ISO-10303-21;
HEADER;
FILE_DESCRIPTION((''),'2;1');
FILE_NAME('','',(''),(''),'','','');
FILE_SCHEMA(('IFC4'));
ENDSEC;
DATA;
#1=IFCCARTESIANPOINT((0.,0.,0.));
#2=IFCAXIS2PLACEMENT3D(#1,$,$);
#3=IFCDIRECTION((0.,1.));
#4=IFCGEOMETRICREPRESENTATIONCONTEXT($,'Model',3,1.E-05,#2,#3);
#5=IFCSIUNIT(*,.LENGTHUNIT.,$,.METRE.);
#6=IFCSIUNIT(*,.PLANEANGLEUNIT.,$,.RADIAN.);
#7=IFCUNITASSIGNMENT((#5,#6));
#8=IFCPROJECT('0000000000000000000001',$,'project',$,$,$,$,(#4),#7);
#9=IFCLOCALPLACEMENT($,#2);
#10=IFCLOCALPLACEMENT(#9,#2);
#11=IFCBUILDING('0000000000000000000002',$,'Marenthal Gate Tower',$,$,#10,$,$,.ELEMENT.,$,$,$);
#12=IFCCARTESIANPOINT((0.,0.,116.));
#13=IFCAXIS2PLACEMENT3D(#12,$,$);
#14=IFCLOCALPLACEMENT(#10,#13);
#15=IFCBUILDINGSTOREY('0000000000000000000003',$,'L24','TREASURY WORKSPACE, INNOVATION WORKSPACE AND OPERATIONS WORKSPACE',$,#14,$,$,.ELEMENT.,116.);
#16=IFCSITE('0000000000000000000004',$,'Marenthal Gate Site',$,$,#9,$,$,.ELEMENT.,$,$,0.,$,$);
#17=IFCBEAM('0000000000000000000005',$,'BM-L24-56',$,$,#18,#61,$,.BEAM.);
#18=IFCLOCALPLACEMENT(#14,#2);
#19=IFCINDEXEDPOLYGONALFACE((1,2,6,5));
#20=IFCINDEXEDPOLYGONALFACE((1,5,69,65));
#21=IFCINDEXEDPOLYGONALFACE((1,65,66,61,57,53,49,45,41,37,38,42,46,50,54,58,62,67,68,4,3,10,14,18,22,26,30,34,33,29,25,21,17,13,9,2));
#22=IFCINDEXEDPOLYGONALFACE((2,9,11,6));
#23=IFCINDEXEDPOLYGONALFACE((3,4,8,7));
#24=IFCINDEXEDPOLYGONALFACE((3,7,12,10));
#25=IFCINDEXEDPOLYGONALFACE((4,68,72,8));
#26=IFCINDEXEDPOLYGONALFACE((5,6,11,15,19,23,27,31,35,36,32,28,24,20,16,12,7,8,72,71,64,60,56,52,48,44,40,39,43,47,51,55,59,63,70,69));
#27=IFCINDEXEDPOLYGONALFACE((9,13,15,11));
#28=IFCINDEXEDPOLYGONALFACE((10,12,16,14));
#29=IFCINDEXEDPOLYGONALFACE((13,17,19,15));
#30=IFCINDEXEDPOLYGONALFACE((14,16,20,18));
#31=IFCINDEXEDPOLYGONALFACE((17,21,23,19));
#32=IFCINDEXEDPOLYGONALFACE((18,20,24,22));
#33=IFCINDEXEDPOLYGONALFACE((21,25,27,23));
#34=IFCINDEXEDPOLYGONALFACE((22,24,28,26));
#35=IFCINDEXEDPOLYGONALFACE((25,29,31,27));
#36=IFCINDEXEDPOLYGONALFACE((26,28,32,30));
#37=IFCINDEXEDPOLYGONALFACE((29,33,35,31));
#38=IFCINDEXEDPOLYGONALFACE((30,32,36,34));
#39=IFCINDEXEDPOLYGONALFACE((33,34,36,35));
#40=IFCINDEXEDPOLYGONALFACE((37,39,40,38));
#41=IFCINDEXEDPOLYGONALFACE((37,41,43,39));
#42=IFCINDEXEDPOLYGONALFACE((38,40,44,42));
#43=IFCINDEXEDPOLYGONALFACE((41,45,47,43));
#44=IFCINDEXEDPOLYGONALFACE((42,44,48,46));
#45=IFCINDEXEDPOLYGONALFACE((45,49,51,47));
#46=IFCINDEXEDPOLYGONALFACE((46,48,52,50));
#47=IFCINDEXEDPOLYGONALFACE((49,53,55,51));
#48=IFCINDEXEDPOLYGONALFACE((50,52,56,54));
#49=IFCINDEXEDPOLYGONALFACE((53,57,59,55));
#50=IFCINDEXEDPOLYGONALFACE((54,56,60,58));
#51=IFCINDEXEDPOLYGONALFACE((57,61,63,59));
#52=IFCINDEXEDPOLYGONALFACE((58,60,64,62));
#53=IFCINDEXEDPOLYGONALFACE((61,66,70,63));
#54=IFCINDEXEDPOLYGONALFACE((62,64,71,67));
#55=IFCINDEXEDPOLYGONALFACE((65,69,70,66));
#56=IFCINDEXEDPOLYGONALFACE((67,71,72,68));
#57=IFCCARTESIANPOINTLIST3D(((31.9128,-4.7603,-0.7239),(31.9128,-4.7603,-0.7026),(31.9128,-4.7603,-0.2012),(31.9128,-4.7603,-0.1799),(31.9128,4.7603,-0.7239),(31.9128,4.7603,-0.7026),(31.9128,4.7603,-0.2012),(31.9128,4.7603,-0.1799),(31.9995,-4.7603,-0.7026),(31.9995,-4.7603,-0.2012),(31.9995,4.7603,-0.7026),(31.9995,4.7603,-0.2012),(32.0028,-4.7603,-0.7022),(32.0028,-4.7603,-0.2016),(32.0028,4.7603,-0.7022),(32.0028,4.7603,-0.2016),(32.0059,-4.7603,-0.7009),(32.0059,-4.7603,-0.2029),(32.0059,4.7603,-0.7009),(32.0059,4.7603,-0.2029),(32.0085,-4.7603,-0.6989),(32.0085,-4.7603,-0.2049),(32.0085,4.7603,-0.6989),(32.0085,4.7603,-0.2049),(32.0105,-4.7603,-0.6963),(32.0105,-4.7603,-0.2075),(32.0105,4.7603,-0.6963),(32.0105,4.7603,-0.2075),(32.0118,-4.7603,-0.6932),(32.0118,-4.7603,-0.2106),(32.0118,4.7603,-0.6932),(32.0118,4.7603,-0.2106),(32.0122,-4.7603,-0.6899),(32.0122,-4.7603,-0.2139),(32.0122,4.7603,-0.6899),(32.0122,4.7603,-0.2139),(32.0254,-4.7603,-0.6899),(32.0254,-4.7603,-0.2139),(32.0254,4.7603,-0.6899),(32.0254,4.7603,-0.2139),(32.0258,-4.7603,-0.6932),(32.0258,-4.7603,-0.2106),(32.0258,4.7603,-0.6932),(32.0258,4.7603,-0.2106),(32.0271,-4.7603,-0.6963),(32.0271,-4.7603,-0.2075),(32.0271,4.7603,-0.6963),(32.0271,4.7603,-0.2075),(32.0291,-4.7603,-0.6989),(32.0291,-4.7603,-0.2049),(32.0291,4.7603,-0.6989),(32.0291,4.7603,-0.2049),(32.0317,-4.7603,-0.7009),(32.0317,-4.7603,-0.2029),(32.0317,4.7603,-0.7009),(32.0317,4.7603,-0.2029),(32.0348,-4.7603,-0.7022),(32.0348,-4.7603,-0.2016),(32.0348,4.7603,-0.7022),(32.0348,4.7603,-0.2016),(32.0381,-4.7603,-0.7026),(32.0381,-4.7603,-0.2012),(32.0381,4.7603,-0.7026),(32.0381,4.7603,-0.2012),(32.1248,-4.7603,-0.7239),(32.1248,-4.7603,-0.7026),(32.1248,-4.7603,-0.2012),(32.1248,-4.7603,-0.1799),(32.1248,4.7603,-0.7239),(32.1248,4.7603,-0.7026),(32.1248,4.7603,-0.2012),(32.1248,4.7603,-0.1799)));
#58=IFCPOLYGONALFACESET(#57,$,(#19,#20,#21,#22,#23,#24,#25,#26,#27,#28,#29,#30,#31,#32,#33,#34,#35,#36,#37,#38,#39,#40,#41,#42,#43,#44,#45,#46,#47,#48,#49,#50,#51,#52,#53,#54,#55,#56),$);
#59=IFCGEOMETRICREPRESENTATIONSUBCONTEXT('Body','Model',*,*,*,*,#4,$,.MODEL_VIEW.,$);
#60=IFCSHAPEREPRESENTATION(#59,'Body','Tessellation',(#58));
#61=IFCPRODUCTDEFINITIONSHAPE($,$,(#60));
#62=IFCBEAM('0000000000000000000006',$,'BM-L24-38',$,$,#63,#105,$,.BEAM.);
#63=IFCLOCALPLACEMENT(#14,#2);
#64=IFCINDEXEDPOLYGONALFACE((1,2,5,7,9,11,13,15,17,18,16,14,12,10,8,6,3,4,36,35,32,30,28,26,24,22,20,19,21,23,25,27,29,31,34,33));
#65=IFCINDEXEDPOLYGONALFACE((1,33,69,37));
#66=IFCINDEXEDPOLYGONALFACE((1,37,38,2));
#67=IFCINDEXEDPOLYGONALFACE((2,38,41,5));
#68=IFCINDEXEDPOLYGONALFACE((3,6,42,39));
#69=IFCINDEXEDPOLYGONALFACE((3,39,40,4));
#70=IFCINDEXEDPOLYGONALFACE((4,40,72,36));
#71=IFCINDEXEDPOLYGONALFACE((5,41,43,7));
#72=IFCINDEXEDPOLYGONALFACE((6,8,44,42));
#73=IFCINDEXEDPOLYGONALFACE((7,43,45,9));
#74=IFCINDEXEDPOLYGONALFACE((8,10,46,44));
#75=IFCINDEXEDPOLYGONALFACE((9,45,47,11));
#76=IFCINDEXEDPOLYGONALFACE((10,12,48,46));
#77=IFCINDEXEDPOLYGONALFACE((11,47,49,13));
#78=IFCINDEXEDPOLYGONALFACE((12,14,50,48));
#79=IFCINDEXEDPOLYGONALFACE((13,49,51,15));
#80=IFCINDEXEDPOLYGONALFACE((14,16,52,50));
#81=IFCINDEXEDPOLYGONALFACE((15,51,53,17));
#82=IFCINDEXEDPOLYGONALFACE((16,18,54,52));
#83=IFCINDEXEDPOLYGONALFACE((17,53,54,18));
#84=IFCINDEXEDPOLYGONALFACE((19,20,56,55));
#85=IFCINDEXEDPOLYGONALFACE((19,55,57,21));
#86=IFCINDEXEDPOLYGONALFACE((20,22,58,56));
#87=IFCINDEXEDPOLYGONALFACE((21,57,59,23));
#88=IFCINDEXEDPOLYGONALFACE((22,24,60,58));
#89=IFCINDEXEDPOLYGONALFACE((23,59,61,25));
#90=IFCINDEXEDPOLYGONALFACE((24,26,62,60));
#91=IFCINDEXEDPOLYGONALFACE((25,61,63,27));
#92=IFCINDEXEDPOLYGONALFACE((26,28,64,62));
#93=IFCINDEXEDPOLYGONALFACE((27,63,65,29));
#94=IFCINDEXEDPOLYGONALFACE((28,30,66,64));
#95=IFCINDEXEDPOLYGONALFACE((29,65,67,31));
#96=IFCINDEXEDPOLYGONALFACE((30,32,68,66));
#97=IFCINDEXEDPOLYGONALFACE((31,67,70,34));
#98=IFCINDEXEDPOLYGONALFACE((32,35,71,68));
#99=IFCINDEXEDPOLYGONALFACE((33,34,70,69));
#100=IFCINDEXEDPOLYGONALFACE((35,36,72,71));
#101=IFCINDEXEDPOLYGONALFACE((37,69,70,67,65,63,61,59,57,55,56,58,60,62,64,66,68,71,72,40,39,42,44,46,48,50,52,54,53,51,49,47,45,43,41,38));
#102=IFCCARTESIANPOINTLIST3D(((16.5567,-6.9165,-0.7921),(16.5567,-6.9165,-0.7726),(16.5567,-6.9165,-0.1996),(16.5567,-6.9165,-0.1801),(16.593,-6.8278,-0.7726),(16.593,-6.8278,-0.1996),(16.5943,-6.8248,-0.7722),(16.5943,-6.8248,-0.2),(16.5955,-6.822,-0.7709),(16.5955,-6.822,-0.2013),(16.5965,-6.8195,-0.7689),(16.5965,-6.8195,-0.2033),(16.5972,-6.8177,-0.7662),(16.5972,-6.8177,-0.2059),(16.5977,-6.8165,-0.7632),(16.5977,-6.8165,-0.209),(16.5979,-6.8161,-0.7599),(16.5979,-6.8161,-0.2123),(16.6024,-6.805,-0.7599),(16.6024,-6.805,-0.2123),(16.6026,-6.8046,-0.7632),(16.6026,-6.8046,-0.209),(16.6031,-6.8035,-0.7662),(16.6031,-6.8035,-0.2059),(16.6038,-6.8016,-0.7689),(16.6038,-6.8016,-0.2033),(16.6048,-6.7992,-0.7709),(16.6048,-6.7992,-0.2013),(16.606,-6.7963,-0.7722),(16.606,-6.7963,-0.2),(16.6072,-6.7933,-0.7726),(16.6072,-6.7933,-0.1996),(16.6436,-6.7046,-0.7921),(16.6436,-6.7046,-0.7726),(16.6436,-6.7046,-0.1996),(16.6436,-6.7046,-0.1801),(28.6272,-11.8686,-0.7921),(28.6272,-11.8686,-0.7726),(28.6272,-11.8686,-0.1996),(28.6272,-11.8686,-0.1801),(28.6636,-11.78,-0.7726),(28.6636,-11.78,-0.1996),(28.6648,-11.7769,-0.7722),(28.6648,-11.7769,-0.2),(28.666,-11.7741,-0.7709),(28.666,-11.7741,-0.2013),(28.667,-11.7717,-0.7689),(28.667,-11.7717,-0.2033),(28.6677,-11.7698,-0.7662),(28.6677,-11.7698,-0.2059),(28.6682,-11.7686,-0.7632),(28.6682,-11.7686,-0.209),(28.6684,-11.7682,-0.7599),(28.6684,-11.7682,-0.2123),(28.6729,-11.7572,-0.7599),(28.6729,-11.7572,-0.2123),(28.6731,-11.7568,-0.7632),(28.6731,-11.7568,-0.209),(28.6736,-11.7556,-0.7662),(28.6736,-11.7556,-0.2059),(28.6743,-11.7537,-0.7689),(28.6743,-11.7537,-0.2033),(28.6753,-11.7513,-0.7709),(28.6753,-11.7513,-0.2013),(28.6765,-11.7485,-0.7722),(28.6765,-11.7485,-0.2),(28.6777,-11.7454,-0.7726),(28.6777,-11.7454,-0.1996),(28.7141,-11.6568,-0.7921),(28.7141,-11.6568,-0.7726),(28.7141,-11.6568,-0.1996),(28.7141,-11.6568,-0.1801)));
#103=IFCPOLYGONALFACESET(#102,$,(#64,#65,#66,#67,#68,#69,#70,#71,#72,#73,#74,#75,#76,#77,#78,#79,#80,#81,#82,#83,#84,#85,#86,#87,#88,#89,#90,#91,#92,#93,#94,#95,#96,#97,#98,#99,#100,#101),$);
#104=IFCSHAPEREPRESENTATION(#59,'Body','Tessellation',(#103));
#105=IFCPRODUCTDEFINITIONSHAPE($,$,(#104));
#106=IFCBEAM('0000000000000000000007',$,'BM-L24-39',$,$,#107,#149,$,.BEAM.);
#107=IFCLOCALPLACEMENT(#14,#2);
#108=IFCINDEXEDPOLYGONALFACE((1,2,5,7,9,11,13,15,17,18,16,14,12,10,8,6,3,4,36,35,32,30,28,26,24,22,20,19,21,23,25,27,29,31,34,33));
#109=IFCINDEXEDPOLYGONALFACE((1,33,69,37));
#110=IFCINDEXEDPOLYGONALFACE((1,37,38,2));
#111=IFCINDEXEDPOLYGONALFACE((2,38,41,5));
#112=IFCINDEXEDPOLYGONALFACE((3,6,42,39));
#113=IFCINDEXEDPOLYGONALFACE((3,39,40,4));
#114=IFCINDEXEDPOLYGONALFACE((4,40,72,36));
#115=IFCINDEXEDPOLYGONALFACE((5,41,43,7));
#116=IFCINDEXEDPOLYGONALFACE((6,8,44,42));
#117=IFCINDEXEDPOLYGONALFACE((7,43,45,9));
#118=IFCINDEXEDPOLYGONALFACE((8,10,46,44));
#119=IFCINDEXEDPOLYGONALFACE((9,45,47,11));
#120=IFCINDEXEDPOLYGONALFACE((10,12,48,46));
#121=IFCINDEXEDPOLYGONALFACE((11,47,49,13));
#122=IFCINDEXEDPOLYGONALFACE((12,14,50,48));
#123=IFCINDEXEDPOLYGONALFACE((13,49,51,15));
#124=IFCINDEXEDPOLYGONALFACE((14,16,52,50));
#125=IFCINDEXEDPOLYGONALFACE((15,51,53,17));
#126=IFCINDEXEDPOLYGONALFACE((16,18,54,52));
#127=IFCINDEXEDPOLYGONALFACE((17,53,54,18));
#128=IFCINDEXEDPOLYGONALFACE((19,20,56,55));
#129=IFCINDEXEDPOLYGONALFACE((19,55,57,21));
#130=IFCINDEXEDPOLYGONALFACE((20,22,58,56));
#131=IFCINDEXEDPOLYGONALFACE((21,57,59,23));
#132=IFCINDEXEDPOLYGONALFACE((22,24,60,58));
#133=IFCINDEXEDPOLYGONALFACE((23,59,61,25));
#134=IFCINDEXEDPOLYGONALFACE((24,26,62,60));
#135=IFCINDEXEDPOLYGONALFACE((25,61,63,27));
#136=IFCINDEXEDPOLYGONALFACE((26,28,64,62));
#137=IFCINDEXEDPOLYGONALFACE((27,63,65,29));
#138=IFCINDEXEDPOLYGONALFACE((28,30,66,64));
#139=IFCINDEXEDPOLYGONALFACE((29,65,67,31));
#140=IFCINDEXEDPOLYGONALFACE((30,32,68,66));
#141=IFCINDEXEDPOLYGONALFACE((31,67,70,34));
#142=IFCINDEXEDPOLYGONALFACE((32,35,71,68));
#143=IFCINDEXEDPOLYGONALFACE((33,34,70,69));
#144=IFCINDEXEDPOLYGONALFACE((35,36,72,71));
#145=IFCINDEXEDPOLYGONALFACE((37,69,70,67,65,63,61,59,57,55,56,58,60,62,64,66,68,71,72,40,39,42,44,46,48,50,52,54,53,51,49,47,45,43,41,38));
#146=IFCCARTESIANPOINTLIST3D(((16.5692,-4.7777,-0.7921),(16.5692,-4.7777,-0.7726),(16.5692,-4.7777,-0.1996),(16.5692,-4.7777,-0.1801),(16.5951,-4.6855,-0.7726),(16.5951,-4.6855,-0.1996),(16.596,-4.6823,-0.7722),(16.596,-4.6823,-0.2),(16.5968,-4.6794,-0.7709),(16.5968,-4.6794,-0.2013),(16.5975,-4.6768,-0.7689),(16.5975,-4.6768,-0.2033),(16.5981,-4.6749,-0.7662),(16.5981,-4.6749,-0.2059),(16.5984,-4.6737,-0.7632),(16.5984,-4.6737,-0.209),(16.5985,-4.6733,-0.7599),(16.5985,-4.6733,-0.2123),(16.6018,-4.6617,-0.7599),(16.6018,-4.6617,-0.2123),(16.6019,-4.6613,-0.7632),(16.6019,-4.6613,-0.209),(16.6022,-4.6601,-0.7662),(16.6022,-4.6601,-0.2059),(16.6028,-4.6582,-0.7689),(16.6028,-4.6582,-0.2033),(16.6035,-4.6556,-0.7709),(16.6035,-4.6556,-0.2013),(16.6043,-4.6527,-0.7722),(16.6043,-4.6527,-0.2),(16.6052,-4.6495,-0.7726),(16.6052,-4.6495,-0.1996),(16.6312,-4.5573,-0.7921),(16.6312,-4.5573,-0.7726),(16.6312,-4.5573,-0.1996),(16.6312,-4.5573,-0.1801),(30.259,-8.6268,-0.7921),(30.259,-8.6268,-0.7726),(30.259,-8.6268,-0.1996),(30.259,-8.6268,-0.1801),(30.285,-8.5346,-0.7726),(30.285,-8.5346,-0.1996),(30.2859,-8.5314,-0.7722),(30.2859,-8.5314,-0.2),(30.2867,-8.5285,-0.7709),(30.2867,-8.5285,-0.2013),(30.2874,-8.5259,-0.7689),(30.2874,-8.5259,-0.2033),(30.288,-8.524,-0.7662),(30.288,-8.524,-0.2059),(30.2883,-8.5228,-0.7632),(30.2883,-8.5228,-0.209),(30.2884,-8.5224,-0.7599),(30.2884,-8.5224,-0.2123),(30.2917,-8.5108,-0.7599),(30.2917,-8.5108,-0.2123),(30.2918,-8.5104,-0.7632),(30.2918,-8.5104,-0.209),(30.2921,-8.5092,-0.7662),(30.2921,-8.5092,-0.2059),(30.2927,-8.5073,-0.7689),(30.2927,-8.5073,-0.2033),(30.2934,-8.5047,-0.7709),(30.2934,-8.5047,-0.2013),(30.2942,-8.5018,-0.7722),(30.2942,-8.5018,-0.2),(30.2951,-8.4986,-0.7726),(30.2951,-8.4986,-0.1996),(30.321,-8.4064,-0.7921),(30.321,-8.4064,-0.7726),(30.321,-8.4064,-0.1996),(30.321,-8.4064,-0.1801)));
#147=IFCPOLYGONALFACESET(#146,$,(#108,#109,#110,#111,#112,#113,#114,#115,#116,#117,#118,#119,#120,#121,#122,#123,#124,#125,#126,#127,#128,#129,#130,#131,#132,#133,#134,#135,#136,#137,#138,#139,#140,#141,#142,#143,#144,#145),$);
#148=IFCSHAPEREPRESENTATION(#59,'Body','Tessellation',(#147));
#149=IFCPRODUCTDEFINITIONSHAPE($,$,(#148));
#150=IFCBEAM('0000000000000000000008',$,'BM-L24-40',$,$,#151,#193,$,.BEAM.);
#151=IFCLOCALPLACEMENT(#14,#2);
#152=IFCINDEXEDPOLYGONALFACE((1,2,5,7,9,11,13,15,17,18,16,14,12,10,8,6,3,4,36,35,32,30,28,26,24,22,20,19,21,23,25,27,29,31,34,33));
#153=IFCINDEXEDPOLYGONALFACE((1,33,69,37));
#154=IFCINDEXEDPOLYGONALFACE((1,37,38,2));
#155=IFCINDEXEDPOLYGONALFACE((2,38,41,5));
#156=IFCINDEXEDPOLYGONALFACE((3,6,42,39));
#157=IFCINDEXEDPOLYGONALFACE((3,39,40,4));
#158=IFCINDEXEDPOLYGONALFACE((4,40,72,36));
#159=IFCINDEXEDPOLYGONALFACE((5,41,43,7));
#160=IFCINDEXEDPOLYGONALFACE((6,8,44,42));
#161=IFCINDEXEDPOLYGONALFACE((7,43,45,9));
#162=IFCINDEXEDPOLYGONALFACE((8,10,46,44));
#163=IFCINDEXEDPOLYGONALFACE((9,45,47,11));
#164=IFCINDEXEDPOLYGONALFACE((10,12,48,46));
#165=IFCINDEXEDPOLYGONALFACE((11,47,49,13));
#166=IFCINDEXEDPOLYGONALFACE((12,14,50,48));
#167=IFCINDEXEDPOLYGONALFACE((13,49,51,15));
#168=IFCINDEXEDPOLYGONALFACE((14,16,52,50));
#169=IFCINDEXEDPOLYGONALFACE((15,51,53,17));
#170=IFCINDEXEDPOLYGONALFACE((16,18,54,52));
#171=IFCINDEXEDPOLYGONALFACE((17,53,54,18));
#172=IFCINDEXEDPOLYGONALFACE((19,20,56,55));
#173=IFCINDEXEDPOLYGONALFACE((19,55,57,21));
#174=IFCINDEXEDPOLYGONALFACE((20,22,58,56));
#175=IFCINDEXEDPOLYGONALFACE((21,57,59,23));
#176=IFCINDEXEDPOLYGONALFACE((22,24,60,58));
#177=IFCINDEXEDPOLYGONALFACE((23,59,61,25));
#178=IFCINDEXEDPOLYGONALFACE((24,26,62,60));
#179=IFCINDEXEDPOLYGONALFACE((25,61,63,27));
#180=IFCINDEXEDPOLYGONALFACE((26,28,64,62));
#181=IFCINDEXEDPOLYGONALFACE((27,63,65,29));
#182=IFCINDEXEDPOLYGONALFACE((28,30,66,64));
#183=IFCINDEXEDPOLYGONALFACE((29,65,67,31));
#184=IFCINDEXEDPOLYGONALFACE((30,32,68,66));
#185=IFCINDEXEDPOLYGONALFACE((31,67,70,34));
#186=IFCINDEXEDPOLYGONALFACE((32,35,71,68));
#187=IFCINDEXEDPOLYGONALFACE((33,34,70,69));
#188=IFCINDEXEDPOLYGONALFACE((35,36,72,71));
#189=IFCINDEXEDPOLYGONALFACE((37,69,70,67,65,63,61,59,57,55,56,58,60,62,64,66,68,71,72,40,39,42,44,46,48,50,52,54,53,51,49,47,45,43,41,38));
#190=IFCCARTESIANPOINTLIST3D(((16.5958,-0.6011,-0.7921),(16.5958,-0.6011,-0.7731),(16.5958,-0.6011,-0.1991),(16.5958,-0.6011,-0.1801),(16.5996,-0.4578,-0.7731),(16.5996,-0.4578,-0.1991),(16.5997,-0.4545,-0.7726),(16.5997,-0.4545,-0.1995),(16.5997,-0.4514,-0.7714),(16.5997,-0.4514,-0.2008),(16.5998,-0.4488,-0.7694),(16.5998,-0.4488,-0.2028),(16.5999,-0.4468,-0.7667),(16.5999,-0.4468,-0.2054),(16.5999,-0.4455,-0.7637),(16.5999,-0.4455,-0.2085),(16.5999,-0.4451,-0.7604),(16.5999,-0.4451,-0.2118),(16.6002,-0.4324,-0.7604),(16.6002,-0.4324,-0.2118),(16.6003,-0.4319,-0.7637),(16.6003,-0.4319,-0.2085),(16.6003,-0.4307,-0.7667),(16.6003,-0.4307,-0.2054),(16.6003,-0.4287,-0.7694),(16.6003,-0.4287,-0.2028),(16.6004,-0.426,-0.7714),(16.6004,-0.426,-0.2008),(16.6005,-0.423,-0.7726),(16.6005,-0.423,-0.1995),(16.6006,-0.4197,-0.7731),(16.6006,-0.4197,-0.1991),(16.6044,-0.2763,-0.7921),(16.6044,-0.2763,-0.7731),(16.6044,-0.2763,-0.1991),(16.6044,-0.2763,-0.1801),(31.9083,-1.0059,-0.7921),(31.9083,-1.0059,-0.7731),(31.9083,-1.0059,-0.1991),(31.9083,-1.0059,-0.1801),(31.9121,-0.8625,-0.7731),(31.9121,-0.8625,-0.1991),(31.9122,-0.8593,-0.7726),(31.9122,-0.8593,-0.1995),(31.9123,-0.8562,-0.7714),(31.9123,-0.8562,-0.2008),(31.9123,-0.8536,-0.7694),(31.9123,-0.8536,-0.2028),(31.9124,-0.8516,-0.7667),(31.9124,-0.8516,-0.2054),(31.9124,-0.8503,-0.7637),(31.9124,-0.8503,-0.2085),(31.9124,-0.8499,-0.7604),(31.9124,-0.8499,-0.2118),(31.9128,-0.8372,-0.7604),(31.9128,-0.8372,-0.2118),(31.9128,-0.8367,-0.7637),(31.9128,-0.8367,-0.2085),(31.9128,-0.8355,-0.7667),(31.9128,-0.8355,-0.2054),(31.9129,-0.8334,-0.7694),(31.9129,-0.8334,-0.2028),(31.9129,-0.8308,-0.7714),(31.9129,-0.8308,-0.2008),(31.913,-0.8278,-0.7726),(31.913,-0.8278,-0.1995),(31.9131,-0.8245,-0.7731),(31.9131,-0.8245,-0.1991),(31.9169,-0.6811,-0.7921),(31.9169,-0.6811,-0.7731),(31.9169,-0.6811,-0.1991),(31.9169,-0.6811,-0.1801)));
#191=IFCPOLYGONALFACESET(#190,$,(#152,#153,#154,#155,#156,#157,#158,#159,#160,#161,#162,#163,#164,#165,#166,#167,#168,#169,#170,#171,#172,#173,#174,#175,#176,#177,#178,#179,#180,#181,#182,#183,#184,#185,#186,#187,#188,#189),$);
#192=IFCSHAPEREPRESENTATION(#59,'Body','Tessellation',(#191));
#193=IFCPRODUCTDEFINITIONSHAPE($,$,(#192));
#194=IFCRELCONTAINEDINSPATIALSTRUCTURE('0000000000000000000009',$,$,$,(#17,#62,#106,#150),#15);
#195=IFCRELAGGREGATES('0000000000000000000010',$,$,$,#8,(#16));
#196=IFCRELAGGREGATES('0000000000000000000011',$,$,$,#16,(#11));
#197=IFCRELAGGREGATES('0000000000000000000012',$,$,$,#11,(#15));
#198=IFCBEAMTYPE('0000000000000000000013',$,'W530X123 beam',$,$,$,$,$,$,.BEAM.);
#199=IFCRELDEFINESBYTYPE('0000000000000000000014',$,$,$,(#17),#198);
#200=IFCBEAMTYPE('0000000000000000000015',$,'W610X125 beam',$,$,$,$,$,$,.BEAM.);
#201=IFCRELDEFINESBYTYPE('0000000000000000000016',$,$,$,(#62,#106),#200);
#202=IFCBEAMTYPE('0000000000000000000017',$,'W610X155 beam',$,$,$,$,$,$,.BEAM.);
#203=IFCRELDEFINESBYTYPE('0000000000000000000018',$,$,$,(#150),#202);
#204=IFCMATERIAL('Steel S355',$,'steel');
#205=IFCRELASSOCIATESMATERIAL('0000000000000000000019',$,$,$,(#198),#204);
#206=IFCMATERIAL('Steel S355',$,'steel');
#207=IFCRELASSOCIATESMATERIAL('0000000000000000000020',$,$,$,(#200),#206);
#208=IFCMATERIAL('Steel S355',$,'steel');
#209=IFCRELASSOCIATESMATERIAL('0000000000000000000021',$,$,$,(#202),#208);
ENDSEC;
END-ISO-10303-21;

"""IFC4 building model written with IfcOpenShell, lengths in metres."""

from ifc_helpers import new_model, si_unit, direction, frame, origin, origin_2d, place, context, subcontext, project, spatial, i_section, extrude, material, material_profile, profile_set, type_object, element, save


model = new_model("IFC4")

# Units and contexts
model_context = context("Model", 3, precision=1e-05, world=origin(), true_north=direction((0.0, 1.0)))
body_context = subcontext(model_context, "Body", "Model", "MODEL_VIEW")
ifc_project = project(units=[si_unit("LENGTHUNIT", "METRE"), si_unit("PLANEANGLEUNIT", "RADIAN")], contexts=[model_context])

# Site, building, storey
site_placement = place(None, origin())
site = spatial("IfcSite", under=ifc_project, at=site_placement, Name="Marenthal Gate Site", CompositionType="ELEMENT", RefElevation=0.0)
building_placement = place(site_placement, origin())
building = spatial("IfcBuilding", under=site, at=building_placement, Name="Marenthal Gate Tower", CompositionType="ELEMENT")
storey_placement = place(building_placement, frame((0.0, 0.0, 116.0)))
storey = spatial("IfcBuildingStorey", under=building, at=storey_placement, Name="L24", Description="TREASURY WORKSPACE, INNOVATION WORKSPACE AND OPERATIONS WORKSPACE", CompositionType="ELEMENT", Elevation=116.0)

# Beams
ifc_material_1 = material(Name="Steel S355", Category="steel")
ifc_material_profile_1 = material_profile(ifc_material_1, i_section(OverallWidth=0.2119, OverallDepth=0.5439, WebThickness=0.0132, FlangeThickness=0.0212, FilletRadius=0.0127, at=origin_2d()), Name="W530X123")
ifc_profile_set_1 = profile_set([ifc_material_profile_1], Name="Steel S355")
beam_type_1 = type_object("IfcBeamType", Name="W530X123 beam", PredefinedType="BEAM", material=ifc_profile_set_1)
beam_1_placement = place(storey_placement, frame((32.0188, -4.7603, -0.4519), z_axis=(0.0, 1.0, 0.0), x_axis=(-1.0, 0.0, 0.0)))
element("IfcBeam", 1, at=beam_1_placement, inside=storey, type_object=beam_type_1, Name="BM-L24-56", PredefinedType="BEAM", context=body_context, shape_type="SweptSolid", body=[
    extrude(i_section(OverallWidth=0.2119, OverallDepth=0.5439, WebThickness=0.0132, FlangeThickness=0.0212, FilletRadius=0.0127, at=origin_2d()), origin(), (0.0, 0.0, 1.0), 9.5205),
])
ifc_material_2 = material(Name="Steel S355", Category="steel")
ifc_material_profile_2 = material_profile(ifc_material_2, i_section(OverallWidth=0.229, OverallDepth=0.6121, WebThickness=0.012, FlangeThickness=0.0195, FilletRadius=0.0127, at=origin_2d()), Name="W610X125")
ifc_profile_set_2 = profile_set([ifc_material_profile_2], Name="Steel S355")
beam_type_2 = type_object("IfcBeamType", Name="W610X125 beam", PredefinedType="BEAM", material=ifc_profile_set_2)
beam_2_placement = place(storey_placement, frame((28.6707, -11.7627, -0.4861), z_axis=(-0.925165, 0.379565, 0.0), x_axis=(-0.379565, -0.925165, 0.0)))
element("IfcBeam", 2, at=beam_2_placement, inside=storey, type_object=beam_type_2, Name="BM-L24-38", PredefinedType="BEAM", context=body_context, shape_type="SweptSolid", body=[
    extrude(i_section(OverallWidth=0.229, OverallDepth=0.6121, WebThickness=0.012, FlangeThickness=0.0195, FilletRadius=0.0127, at=origin_2d()), origin(), (0.0, 0.0, 1.0), 13.0469),
])
beam_3_placement = place(storey_placement, frame((30.29, -8.5166, -0.4861), z_axis=(-0.962672, 0.270669, 0.0), x_axis=(-0.270669, -0.962672, 0.0)))
element("IfcBeam", 3, at=beam_3_placement, inside=storey, type_object=beam_type_2, Name="BM-L24-39", PredefinedType="BEAM", context=body_context, shape_type="SweptSolid", body=[
    extrude(i_section(OverallWidth=0.229, OverallDepth=0.6121, WebThickness=0.012, FlangeThickness=0.0195, FilletRadius=0.0127, at=origin_2d()), origin(), (0.0, 0.0, 1.0), 14.2207),
])
ifc_material_3 = material(Name="Steel S355", Category="steel")
ifc_material_profile_3 = material_profile(ifc_material_3, i_section(OverallWidth=0.325, OverallDepth=0.6121, WebThickness=0.0127, FlangeThickness=0.019, FilletRadius=0.0127, at=origin_2d()), Name="W610X155")
ifc_profile_set_3 = profile_set([ifc_material_profile_3], Name="Steel S355")
beam_type_3 = type_object("IfcBeamType", Name="W610X155 beam", PredefinedType="BEAM", material=ifc_profile_set_3)
beam_4_placement = place(storey_placement, frame((31.9126, -0.8435, -0.4861), z_axis=(-0.999651, 0.026426, 0.0), x_axis=(-0.026426, -0.999651, 0.0)))
element("IfcBeam", 4, at=beam_4_placement, inside=storey, type_object=beam_type_3, Name="BM-L24-40", PredefinedType="BEAM", context=body_context, shape_type="SweptSolid", body=[
    extrude(i_section(OverallWidth=0.325, OverallDepth=0.6121, WebThickness=0.0127, FlangeThickness=0.019, FilletRadius=0.0127, at=origin_2d()), origin(), (0.0, 0.0, 1.0), 15.3179),
])

save(model, "model.ifc")
